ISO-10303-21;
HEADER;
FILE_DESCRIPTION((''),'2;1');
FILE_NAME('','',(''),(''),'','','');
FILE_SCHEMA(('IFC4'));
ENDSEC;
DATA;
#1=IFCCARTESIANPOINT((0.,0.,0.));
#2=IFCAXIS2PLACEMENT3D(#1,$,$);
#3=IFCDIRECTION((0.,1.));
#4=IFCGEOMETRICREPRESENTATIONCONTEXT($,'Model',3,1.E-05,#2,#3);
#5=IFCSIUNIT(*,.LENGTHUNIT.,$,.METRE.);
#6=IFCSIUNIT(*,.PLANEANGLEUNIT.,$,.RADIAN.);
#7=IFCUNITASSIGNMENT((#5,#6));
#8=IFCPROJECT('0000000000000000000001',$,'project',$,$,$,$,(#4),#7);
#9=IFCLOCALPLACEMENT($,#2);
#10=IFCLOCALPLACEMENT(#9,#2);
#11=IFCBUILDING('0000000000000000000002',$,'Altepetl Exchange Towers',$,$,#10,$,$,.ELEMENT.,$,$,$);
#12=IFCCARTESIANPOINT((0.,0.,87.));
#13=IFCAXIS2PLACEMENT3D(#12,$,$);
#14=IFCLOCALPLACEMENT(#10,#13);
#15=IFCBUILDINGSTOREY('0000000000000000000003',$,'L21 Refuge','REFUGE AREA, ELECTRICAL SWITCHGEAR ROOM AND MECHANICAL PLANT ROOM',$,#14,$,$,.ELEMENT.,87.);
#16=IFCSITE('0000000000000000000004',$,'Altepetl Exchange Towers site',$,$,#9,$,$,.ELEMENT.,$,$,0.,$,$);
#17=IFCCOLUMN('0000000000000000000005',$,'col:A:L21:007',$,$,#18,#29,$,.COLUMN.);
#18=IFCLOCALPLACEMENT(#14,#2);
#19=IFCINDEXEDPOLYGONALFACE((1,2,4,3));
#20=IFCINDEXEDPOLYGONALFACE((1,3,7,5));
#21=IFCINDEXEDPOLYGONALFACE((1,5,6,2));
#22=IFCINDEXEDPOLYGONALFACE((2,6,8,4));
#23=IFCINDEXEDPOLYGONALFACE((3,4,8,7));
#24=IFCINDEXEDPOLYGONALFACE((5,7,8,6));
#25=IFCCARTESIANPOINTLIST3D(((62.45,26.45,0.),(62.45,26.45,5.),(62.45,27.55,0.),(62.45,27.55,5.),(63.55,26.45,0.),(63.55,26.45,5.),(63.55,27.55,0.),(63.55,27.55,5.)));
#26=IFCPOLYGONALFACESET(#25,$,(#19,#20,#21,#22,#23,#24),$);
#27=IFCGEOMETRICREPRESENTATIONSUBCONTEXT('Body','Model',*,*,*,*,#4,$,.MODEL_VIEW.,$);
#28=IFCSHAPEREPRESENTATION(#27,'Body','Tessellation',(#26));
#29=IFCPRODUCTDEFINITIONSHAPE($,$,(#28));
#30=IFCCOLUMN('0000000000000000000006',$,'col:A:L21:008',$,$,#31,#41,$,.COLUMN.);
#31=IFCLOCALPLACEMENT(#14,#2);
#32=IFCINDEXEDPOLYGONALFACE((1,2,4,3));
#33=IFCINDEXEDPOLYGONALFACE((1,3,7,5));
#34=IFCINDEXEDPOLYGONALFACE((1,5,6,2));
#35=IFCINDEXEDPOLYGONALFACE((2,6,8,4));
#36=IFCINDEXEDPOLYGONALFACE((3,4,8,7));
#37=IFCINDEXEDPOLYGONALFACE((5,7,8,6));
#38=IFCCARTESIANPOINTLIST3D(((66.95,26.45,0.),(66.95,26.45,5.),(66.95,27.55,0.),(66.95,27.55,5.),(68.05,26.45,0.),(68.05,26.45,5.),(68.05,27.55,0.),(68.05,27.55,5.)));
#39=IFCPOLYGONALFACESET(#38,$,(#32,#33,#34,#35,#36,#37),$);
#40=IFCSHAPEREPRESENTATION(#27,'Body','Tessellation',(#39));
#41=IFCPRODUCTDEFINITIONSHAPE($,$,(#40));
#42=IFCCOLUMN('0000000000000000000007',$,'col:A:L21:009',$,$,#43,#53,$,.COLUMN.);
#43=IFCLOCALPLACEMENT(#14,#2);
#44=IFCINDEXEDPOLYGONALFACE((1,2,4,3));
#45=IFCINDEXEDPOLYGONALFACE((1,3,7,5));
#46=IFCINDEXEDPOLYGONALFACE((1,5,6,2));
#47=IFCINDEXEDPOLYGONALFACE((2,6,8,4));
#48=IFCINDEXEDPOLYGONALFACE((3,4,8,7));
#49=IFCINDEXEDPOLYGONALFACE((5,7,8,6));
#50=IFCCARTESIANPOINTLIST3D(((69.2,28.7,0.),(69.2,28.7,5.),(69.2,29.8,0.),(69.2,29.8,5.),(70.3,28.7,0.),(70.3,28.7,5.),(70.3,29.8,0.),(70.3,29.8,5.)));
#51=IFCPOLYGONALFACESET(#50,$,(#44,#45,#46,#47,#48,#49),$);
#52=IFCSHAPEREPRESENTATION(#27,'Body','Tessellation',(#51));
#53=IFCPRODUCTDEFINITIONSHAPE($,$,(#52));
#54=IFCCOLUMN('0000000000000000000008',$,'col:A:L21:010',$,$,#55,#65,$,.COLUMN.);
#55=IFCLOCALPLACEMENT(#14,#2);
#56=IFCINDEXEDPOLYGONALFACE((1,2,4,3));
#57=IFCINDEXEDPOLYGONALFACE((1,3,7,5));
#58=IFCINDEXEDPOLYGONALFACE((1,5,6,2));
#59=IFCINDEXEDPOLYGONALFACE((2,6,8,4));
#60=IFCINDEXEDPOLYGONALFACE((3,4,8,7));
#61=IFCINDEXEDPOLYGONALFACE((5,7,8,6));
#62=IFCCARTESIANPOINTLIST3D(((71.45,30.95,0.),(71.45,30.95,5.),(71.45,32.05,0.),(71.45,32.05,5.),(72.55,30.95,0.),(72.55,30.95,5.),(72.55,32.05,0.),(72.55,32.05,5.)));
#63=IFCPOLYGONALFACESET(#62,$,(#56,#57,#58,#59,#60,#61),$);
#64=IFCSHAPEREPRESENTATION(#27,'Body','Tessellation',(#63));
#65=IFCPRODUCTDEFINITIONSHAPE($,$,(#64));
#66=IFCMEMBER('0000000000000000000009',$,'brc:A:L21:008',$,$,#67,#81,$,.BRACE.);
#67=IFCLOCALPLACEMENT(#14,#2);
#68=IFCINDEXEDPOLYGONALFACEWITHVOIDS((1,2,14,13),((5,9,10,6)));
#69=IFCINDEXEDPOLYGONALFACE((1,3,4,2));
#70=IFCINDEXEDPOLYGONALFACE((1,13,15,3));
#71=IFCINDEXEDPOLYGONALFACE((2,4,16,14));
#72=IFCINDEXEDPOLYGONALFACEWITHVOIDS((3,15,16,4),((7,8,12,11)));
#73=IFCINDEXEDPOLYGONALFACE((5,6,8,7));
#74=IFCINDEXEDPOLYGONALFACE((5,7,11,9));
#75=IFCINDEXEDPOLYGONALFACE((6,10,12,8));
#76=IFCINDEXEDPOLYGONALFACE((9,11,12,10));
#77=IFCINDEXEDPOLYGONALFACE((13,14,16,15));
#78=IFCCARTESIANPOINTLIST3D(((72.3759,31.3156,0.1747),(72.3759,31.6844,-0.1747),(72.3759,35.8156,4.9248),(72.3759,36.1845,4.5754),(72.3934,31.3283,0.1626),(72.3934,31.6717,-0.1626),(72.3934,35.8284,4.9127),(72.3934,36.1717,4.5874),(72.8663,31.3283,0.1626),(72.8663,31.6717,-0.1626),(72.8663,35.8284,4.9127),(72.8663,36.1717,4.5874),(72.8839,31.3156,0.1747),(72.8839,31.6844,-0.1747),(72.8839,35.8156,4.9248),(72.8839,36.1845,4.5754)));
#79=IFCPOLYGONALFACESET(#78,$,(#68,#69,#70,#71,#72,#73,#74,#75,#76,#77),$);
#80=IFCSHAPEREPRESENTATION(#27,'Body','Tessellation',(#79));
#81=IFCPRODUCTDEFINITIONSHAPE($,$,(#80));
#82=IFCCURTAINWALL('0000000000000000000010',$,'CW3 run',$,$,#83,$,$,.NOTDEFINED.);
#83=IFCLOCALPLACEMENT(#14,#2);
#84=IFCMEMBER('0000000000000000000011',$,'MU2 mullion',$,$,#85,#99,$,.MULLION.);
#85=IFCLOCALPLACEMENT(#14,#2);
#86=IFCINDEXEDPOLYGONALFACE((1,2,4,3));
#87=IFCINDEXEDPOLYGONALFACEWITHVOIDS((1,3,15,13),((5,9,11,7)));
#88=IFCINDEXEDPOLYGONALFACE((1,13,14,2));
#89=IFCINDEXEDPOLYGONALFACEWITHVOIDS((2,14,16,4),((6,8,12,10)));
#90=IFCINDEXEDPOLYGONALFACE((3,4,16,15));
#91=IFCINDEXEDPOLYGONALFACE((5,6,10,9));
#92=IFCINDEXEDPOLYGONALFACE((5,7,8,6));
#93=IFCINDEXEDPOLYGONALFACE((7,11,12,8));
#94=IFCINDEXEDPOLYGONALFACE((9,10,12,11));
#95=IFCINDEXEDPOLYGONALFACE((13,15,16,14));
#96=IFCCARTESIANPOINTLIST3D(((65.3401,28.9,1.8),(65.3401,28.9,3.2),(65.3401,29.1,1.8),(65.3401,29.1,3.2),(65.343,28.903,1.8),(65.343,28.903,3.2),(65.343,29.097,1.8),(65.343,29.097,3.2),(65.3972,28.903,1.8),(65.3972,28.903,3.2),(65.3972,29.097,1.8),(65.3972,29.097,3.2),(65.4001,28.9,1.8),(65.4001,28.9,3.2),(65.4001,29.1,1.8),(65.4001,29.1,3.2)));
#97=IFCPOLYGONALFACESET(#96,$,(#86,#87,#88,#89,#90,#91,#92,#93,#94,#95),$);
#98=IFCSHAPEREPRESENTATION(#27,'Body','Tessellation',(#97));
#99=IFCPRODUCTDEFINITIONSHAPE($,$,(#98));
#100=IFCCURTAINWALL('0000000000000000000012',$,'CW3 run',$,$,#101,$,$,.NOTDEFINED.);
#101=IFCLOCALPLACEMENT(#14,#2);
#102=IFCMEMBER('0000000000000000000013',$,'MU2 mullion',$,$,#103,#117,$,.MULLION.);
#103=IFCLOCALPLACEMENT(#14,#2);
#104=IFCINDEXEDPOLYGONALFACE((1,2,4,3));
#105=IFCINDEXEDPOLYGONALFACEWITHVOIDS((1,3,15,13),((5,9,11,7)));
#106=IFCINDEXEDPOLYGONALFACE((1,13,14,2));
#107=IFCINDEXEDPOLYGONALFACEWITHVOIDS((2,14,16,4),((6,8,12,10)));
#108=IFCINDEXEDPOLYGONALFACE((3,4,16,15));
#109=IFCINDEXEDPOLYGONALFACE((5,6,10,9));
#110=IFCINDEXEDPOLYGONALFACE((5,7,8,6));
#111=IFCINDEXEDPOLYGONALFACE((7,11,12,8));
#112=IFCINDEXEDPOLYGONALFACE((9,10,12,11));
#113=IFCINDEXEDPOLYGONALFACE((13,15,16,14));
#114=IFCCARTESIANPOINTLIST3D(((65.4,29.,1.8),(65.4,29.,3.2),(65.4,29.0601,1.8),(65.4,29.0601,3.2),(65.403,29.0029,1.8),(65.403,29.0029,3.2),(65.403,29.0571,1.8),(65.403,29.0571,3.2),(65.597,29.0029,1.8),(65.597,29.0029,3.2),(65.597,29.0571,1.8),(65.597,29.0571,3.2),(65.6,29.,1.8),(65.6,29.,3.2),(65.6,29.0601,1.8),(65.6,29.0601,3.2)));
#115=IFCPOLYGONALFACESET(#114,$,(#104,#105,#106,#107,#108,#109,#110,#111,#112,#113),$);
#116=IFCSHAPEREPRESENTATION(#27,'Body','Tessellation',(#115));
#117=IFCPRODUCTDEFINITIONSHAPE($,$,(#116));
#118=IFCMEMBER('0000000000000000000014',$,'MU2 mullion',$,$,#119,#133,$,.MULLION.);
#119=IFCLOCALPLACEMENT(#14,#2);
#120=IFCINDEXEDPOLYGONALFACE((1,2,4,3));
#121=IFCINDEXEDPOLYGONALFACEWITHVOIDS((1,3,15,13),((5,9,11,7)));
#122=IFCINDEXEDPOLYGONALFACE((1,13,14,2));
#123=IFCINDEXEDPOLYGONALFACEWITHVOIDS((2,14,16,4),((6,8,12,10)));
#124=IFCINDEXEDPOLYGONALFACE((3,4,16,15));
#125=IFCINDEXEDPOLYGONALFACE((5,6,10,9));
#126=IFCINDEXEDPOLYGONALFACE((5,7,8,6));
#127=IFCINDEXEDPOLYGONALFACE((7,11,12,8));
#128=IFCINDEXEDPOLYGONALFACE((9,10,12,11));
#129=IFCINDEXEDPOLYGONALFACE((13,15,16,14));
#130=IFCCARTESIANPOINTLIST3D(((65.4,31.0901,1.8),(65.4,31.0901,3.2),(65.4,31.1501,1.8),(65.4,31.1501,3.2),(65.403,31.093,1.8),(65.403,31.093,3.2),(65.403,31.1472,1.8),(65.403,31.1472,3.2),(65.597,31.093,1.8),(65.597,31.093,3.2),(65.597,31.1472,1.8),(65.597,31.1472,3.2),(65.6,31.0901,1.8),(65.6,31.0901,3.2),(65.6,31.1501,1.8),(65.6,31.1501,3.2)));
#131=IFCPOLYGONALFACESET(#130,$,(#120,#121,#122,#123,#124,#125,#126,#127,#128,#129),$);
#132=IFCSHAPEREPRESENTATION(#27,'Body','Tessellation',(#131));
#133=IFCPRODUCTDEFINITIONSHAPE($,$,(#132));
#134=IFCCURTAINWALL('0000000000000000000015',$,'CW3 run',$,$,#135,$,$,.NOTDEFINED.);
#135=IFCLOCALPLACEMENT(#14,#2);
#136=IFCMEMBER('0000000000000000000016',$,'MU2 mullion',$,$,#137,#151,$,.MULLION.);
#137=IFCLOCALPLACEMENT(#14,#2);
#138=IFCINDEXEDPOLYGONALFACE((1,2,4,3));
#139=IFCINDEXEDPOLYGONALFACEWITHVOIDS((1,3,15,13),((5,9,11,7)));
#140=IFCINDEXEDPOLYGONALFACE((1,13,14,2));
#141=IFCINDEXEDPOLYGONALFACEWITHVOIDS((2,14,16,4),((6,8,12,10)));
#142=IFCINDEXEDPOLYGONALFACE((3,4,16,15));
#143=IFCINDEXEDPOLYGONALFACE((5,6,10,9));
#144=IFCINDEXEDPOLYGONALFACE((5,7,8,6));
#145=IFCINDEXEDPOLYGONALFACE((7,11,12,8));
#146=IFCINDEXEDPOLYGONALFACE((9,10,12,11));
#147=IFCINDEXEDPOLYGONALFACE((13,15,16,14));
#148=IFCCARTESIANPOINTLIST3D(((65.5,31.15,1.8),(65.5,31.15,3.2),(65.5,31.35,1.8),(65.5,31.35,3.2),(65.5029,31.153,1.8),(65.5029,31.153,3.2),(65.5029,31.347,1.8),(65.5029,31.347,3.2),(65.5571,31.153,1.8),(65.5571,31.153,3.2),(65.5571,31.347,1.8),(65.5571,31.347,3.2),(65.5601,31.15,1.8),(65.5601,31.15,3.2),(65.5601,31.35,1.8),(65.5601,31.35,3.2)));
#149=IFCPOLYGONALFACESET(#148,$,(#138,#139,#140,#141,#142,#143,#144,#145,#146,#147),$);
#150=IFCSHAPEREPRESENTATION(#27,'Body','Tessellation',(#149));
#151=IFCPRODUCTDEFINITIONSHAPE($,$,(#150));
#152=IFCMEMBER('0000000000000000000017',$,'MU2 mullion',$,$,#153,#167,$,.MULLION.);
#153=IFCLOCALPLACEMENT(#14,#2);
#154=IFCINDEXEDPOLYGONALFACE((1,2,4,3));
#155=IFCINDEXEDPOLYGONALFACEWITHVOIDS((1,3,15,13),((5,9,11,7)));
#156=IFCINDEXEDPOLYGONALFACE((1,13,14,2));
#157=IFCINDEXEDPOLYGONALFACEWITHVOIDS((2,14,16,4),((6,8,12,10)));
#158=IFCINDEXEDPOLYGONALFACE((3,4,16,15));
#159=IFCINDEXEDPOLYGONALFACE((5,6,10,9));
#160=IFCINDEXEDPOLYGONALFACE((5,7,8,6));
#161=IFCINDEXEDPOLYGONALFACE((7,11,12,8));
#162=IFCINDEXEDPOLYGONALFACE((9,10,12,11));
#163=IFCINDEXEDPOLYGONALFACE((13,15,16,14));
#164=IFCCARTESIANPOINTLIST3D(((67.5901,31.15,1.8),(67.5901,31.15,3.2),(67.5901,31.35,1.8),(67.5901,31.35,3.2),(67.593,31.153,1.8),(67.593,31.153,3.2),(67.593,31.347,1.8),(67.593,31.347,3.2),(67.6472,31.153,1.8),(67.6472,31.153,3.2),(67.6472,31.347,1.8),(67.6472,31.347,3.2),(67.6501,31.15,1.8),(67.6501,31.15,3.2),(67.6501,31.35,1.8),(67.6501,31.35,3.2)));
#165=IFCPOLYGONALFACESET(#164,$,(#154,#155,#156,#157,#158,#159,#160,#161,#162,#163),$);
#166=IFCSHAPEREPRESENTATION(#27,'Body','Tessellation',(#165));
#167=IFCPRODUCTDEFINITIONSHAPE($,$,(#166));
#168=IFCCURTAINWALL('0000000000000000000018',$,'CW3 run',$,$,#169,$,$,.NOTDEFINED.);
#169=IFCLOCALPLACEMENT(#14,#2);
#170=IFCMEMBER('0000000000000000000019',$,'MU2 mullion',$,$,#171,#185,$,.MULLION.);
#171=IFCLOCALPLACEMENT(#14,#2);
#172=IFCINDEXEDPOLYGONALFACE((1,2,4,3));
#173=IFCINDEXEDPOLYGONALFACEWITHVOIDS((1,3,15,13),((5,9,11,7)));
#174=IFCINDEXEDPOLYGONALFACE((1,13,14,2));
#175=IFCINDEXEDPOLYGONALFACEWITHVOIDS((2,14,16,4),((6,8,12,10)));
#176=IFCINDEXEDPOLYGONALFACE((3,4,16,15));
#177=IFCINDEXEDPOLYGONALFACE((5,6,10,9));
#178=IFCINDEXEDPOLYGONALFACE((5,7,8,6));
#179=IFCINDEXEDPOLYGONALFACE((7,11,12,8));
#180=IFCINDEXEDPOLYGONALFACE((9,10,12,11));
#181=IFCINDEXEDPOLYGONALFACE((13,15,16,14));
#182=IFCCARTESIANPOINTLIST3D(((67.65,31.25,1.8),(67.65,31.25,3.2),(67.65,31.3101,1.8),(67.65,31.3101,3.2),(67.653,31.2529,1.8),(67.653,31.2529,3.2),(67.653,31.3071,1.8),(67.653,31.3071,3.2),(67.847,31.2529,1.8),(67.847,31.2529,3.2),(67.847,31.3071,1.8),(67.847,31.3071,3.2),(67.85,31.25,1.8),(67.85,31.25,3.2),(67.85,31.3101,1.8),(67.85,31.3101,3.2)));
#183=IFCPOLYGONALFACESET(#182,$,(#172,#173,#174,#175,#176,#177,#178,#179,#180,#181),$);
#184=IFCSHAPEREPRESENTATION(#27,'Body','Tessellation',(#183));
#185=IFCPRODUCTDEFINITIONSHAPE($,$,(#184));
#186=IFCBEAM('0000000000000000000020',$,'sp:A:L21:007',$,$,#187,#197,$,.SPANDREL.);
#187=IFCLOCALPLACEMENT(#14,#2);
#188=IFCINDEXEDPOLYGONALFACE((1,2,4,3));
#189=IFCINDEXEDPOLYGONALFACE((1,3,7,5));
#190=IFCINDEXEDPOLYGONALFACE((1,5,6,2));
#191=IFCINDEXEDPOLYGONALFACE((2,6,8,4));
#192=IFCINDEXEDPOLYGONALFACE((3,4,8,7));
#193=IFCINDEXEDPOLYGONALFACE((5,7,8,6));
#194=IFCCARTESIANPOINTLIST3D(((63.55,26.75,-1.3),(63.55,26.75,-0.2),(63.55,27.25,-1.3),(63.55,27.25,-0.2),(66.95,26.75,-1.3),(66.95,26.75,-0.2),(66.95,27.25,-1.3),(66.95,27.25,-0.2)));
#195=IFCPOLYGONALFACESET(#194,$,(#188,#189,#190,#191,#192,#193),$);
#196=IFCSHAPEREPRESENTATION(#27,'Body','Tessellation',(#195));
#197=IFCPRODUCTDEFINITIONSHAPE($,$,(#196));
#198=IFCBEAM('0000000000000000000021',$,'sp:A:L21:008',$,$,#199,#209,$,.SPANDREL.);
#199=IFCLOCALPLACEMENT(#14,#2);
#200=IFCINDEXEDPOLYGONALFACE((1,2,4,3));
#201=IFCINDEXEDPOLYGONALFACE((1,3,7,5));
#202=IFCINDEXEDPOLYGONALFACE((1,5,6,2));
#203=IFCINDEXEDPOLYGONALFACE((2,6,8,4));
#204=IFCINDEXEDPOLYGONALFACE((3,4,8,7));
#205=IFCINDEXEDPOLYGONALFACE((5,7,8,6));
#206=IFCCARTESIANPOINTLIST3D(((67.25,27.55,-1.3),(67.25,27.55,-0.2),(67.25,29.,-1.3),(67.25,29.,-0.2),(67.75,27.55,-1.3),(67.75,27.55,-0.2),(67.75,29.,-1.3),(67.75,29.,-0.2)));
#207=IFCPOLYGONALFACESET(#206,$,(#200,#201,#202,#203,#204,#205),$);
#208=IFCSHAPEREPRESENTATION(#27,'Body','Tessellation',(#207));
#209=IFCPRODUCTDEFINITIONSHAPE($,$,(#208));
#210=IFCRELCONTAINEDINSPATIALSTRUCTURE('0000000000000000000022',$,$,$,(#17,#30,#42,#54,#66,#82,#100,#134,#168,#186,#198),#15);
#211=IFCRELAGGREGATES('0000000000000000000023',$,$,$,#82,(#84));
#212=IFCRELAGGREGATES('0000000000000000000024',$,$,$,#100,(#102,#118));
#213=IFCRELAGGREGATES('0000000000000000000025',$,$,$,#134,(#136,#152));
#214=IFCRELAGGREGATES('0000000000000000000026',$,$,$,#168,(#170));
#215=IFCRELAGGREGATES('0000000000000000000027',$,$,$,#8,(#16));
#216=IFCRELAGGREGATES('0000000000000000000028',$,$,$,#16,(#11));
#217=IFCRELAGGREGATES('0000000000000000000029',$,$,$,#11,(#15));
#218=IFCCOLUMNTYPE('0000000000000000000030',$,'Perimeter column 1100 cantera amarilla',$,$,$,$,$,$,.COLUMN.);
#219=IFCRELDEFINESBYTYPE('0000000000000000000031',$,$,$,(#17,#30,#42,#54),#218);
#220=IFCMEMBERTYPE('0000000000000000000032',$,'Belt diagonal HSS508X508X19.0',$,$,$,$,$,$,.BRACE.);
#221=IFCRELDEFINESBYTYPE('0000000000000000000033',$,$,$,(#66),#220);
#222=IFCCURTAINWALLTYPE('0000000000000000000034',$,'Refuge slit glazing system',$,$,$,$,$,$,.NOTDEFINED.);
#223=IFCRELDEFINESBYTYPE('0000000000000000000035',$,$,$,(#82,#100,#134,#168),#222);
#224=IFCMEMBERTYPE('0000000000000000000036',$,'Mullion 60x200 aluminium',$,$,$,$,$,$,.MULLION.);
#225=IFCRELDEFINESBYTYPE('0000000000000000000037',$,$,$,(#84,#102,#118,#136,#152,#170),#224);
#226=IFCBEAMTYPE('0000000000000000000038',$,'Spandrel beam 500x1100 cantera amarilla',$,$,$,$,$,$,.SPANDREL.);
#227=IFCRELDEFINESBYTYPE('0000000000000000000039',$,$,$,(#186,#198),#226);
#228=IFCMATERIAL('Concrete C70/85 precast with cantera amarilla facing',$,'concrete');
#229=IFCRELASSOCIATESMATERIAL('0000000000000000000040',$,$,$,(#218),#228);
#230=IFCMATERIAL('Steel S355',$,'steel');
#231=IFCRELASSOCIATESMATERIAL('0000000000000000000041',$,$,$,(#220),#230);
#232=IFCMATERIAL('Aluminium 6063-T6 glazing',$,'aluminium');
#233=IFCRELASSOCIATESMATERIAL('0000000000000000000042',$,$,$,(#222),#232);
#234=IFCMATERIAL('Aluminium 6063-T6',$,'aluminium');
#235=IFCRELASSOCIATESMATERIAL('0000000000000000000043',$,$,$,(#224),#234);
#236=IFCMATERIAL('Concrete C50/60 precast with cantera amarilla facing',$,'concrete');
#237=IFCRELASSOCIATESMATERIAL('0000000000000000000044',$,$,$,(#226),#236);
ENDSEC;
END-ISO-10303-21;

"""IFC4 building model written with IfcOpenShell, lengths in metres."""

from ifc_helpers import new_model, si_unit, direction, frame, origin, origin_2d, place, context, subcontext, project, spatial, rectangle, hollow_rectangle, extrude, material, material_profile, profile_set, type_object, element, aggregate, save


model = new_model("IFC4")

# Units and contexts
model_context = context("Model", 3, precision=1e-05, world=origin(), true_north=direction((0.0, 1.0)))
body_context = subcontext(model_context, "Body", "Model", "MODEL_VIEW")
ifc_project = project(units=[si_unit("LENGTHUNIT", "METRE"), si_unit("PLANEANGLEUNIT", "RADIAN")], contexts=[model_context])

# Site, building, storey
site_placement = place(None, origin())
site = spatial("IfcSite", under=ifc_project, at=site_placement, Name="Altepetl Exchange Towers site", CompositionType="ELEMENT", RefElevation=0.0)
building_placement = place(site_placement, origin())
building = spatial("IfcBuilding", under=site, at=building_placement, Name="Altepetl Exchange Towers", CompositionType="ELEMENT")
storey_placement = place(building_placement, frame((0.0, 0.0, 87.0)))
storey = spatial("IfcBuildingStorey", under=building, at=storey_placement, Name="L21 Refuge", Description="REFUGE AREA, ELECTRICAL SWITCHGEAR ROOM AND MECHANICAL PLANT ROOM", CompositionType="ELEMENT", Elevation=87.0)

# Columns
ifc_material_1 = material(Name="Concrete C70/85 precast with cantera amarilla facing", Category="concrete")
ifc_material_profile_1 = material_profile(ifc_material_1, rectangle(XDim=1.1001, YDim=1.1001, at=origin_2d()), Name="1100 x 1100")
ifc_profile_set_1 = profile_set([ifc_material_profile_1], Name="Concrete C70/85 precast with cantera amarilla facing")
column_type = type_object("IfcColumnType", Name="Perimeter column 1100 cantera amarilla", PredefinedType="COLUMN", material=ifc_profile_set_1)
for number, where, name in (
    (1, (63.0, 27.0, 0.0), "col:A:L21:007"),
    (2, (67.5, 27.0, 0.0), "col:A:L21:008"),
    (3, (69.75, 29.25, 0.0), "col:A:L21:009"),
    (4, (72.0, 31.5, 0.0), "col:A:L21:010"),
):
    element("IfcColumn", number, at=place(storey_placement, frame(where)), inside=storey, type_object=column_type, Name=name, PredefinedType="COLUMN", context=body_context, shape_type="SweptSolid", body=[
        extrude(rectangle(XDim=1.1001, YDim=1.1001, at=origin_2d()), origin(), (0.0, 0.0, 1.0), 5.0),
    ])

# Member
ifc_material_2 = material(Name="Steel S355", Category="steel")
ifc_material_profile_2 = material_profile(ifc_material_2, hollow_rectangle(XDim=0.5081, YDim=0.5081, WallThickness=0.0176, at=origin_2d()), Name="HSS508X508X19.0")
ifc_profile_set_2 = profile_set([ifc_material_profile_2], Name="Steel S355")
member_type_1 = type_object("IfcMemberType", Name="Belt diagonal HSS508X508X19.0", PredefinedType="BRACE", material=ifc_profile_set_2)
member_1_placement = place(storey_placement, frame((72.6299, 31.5, 0.0), z_axis=(0.0, 0.687745, 0.725953), x_axis=(-1.0, 0.0, 0.0)))
element("IfcMember", 5, at=member_1_placement, inside=storey, type_object=member_type_1, Name="brc:A:L21:008", PredefinedType="BRACE", context=body_context, shape_type="SweptSolid", body=[
    extrude(hollow_rectangle(XDim=0.5081, YDim=0.5081, WallThickness=0.0176, at=origin_2d()), origin(), (0.0, 0.0, 1.0), 6.5432),
])

# Curtain wall, member
ifc_material_3 = material(Name="Aluminium 6063-T6 glazing", Category="aluminium")
curtain_wall_type = type_object("IfcCurtainWallType", Name="Refuge slit glazing system", PredefinedType="NOTDEFINED", material=ifc_material_3)
curtain_wall_1_placement = place(storey_placement, origin())
curtain_wall_1 = element("IfcCurtainWall", 6, at=curtain_wall_1_placement, inside=storey, type_object=curtain_wall_type, Name="CW3 run", PredefinedType="NOTDEFINED")
ifc_material_4 = material(Name="Aluminium 6063-T6", Category="aluminium")
ifc_material_profile_3 = material_profile(ifc_material_4, hollow_rectangle(XDim=0.0601, YDim=0.2, WallThickness=0.0029, at=origin_2d()), Name="Mullion 60x200 aluminium")
ifc_profile_set_3 = profile_set([ifc_material_profile_3], Name="Aluminium 6063-T6")
member_type_2 = type_object("IfcMemberType", Name="Mullion 60x200 aluminium", PredefinedType="MULLION", material=ifc_profile_set_3)
member_2_placement = place(storey_placement, frame((65.3701, 29.0, 1.8)))
member_2 = element("IfcMember", 7, at=member_2_placement, type_object=member_type_2, Name="MU2 mullion", PredefinedType="MULLION", context=body_context, shape_type="SweptSolid", body=[
    extrude(hollow_rectangle(XDim=0.0601, YDim=0.2, WallThickness=0.0029, at=origin_2d()), origin(), (0.0, 0.0, 1.0), 1.3999),
])

# Curtain walls, members
curtain_wall_2_placement = place(storey_placement, origin())
curtain_wall_2 = element("IfcCurtainWall", 8, at=curtain_wall_2_placement, inside=storey, type_object=curtain_wall_type, Name="CW3 run", PredefinedType="NOTDEFINED")
member_3_placement = place(storey_placement, frame((65.5, 29.03, 1.8), z_axis=(0.0, 0.0, 1.0), x_axis=(0.0, 1.0, 0.0)))
member_3 = element("IfcMember", 9, at=member_3_placement, type_object=member_type_2, Name="MU2 mullion", PredefinedType="MULLION", context=body_context, shape_type="SweptSolid", body=[
    extrude(hollow_rectangle(XDim=0.0601, YDim=0.2, WallThickness=0.0029, at=origin_2d()), origin(), (0.0, 0.0, 1.0), 1.3999),
])
member_4_placement = place(storey_placement, frame((65.5, 31.1201, 1.8), z_axis=(0.0, 0.0, 1.0), x_axis=(0.0, 1.0, 0.0)))
member_4 = element("IfcMember", 10, at=member_4_placement, type_object=member_type_2, Name="MU2 mullion", PredefinedType="MULLION", context=body_context, shape_type="SweptSolid", body=[
    extrude(hollow_rectangle(XDim=0.0601, YDim=0.2, WallThickness=0.0029, at=origin_2d()), origin(), (0.0, 0.0, 1.0), 1.3999),
])
curtain_wall_3_placement = place(storey_placement, origin())
curtain_wall_3 = element("IfcCurtainWall", 11, at=curtain_wall_3_placement, inside=storey, type_object=curtain_wall_type, Name="CW3 run", PredefinedType="NOTDEFINED")
member_5_placement = place(storey_placement, frame((65.53, 31.25, 1.8)))
member_5 = element("IfcMember", 12, at=member_5_placement, type_object=member_type_2, Name="MU2 mullion", PredefinedType="MULLION", context=body_context, shape_type="SweptSolid", body=[
    extrude(hollow_rectangle(XDim=0.0601, YDim=0.2, WallThickness=0.0029, at=origin_2d()), origin(), (0.0, 0.0, 1.0), 1.3999),
])
member_6_placement = place(storey_placement, frame((67.6201, 31.25, 1.8)))
member_6 = element("IfcMember", 13, at=member_6_placement, type_object=member_type_2, Name="MU2 mullion", PredefinedType="MULLION", context=body_context, shape_type="SweptSolid", body=[
    extrude(hollow_rectangle(XDim=0.0601, YDim=0.2, WallThickness=0.0029, at=origin_2d()), origin(), (0.0, 0.0, 1.0), 1.3999),
])

# Curtain wall, member
curtain_wall_4_placement = place(storey_placement, origin())
curtain_wall_4 = element("IfcCurtainWall", 14, at=curtain_wall_4_placement, inside=storey, type_object=curtain_wall_type, Name="CW3 run", PredefinedType="NOTDEFINED")
member_7_placement = place(storey_placement, frame((67.75, 31.28, 1.8), z_axis=(0.0, 0.0, 1.0), x_axis=(0.0, 1.0, 0.0)))
member_7 = element("IfcMember", 15, at=member_7_placement, type_object=member_type_2, Name="MU2 mullion", PredefinedType="MULLION", context=body_context, shape_type="SweptSolid", body=[
    extrude(hollow_rectangle(XDim=0.0601, YDim=0.2, WallThickness=0.0029, at=origin_2d()), origin(), (0.0, 0.0, 1.0), 1.3999),
])

# Beams
ifc_material_5 = material(Name="Concrete C50/60 precast with cantera amarilla facing", Category="concrete")
ifc_material_profile_4 = material_profile(ifc_material_5, rectangle(XDim=0.5, YDim=1.1001, at=origin_2d()), Name="500 x 1100")
ifc_profile_set_4 = profile_set([ifc_material_profile_4], Name="Concrete C50/60 precast with cantera amarilla facing")
beam_type = type_object("IfcBeamType", Name="Spandrel beam 500x1100 cantera amarilla", PredefinedType="SPANDREL", material=ifc_profile_set_4)
beam_1_placement = place(storey_placement, frame((63.55, 27.0, -0.75), z_axis=(1.0, 0.0, 0.0), x_axis=(0.0, 1.0, 0.0)))
element("IfcBeam", 16, at=beam_1_placement, inside=storey, type_object=beam_type, Name="sp:A:L21:007", PredefinedType="SPANDREL", context=body_context, shape_type="SweptSolid", body=[
    extrude(rectangle(XDim=0.5, YDim=1.1001, at=origin_2d()), origin(), (0.0, 0.0, 1.0), 3.3999),
])
beam_2_placement = place(storey_placement, frame((67.5, 27.55, -0.75), z_axis=(0.0, 1.0, 0.0), x_axis=(-1.0, 0.0, 0.0)))
element("IfcBeam", 17, at=beam_2_placement, inside=storey, type_object=beam_type, Name="sp:A:L21:008", PredefinedType="SPANDREL", context=body_context, shape_type="SweptSolid", body=[
    extrude(rectangle(XDim=0.5, YDim=1.1001, at=origin_2d()), origin(), (0.0, 0.0, 1.0), 1.45),
])

aggregate(curtain_wall_1, [member_2])
aggregate(curtain_wall_2, [member_3, member_4])
aggregate(curtain_wall_3, [member_5, member_6])
aggregate(curtain_wall_4, [member_7])

save(model, "model.ifc")
